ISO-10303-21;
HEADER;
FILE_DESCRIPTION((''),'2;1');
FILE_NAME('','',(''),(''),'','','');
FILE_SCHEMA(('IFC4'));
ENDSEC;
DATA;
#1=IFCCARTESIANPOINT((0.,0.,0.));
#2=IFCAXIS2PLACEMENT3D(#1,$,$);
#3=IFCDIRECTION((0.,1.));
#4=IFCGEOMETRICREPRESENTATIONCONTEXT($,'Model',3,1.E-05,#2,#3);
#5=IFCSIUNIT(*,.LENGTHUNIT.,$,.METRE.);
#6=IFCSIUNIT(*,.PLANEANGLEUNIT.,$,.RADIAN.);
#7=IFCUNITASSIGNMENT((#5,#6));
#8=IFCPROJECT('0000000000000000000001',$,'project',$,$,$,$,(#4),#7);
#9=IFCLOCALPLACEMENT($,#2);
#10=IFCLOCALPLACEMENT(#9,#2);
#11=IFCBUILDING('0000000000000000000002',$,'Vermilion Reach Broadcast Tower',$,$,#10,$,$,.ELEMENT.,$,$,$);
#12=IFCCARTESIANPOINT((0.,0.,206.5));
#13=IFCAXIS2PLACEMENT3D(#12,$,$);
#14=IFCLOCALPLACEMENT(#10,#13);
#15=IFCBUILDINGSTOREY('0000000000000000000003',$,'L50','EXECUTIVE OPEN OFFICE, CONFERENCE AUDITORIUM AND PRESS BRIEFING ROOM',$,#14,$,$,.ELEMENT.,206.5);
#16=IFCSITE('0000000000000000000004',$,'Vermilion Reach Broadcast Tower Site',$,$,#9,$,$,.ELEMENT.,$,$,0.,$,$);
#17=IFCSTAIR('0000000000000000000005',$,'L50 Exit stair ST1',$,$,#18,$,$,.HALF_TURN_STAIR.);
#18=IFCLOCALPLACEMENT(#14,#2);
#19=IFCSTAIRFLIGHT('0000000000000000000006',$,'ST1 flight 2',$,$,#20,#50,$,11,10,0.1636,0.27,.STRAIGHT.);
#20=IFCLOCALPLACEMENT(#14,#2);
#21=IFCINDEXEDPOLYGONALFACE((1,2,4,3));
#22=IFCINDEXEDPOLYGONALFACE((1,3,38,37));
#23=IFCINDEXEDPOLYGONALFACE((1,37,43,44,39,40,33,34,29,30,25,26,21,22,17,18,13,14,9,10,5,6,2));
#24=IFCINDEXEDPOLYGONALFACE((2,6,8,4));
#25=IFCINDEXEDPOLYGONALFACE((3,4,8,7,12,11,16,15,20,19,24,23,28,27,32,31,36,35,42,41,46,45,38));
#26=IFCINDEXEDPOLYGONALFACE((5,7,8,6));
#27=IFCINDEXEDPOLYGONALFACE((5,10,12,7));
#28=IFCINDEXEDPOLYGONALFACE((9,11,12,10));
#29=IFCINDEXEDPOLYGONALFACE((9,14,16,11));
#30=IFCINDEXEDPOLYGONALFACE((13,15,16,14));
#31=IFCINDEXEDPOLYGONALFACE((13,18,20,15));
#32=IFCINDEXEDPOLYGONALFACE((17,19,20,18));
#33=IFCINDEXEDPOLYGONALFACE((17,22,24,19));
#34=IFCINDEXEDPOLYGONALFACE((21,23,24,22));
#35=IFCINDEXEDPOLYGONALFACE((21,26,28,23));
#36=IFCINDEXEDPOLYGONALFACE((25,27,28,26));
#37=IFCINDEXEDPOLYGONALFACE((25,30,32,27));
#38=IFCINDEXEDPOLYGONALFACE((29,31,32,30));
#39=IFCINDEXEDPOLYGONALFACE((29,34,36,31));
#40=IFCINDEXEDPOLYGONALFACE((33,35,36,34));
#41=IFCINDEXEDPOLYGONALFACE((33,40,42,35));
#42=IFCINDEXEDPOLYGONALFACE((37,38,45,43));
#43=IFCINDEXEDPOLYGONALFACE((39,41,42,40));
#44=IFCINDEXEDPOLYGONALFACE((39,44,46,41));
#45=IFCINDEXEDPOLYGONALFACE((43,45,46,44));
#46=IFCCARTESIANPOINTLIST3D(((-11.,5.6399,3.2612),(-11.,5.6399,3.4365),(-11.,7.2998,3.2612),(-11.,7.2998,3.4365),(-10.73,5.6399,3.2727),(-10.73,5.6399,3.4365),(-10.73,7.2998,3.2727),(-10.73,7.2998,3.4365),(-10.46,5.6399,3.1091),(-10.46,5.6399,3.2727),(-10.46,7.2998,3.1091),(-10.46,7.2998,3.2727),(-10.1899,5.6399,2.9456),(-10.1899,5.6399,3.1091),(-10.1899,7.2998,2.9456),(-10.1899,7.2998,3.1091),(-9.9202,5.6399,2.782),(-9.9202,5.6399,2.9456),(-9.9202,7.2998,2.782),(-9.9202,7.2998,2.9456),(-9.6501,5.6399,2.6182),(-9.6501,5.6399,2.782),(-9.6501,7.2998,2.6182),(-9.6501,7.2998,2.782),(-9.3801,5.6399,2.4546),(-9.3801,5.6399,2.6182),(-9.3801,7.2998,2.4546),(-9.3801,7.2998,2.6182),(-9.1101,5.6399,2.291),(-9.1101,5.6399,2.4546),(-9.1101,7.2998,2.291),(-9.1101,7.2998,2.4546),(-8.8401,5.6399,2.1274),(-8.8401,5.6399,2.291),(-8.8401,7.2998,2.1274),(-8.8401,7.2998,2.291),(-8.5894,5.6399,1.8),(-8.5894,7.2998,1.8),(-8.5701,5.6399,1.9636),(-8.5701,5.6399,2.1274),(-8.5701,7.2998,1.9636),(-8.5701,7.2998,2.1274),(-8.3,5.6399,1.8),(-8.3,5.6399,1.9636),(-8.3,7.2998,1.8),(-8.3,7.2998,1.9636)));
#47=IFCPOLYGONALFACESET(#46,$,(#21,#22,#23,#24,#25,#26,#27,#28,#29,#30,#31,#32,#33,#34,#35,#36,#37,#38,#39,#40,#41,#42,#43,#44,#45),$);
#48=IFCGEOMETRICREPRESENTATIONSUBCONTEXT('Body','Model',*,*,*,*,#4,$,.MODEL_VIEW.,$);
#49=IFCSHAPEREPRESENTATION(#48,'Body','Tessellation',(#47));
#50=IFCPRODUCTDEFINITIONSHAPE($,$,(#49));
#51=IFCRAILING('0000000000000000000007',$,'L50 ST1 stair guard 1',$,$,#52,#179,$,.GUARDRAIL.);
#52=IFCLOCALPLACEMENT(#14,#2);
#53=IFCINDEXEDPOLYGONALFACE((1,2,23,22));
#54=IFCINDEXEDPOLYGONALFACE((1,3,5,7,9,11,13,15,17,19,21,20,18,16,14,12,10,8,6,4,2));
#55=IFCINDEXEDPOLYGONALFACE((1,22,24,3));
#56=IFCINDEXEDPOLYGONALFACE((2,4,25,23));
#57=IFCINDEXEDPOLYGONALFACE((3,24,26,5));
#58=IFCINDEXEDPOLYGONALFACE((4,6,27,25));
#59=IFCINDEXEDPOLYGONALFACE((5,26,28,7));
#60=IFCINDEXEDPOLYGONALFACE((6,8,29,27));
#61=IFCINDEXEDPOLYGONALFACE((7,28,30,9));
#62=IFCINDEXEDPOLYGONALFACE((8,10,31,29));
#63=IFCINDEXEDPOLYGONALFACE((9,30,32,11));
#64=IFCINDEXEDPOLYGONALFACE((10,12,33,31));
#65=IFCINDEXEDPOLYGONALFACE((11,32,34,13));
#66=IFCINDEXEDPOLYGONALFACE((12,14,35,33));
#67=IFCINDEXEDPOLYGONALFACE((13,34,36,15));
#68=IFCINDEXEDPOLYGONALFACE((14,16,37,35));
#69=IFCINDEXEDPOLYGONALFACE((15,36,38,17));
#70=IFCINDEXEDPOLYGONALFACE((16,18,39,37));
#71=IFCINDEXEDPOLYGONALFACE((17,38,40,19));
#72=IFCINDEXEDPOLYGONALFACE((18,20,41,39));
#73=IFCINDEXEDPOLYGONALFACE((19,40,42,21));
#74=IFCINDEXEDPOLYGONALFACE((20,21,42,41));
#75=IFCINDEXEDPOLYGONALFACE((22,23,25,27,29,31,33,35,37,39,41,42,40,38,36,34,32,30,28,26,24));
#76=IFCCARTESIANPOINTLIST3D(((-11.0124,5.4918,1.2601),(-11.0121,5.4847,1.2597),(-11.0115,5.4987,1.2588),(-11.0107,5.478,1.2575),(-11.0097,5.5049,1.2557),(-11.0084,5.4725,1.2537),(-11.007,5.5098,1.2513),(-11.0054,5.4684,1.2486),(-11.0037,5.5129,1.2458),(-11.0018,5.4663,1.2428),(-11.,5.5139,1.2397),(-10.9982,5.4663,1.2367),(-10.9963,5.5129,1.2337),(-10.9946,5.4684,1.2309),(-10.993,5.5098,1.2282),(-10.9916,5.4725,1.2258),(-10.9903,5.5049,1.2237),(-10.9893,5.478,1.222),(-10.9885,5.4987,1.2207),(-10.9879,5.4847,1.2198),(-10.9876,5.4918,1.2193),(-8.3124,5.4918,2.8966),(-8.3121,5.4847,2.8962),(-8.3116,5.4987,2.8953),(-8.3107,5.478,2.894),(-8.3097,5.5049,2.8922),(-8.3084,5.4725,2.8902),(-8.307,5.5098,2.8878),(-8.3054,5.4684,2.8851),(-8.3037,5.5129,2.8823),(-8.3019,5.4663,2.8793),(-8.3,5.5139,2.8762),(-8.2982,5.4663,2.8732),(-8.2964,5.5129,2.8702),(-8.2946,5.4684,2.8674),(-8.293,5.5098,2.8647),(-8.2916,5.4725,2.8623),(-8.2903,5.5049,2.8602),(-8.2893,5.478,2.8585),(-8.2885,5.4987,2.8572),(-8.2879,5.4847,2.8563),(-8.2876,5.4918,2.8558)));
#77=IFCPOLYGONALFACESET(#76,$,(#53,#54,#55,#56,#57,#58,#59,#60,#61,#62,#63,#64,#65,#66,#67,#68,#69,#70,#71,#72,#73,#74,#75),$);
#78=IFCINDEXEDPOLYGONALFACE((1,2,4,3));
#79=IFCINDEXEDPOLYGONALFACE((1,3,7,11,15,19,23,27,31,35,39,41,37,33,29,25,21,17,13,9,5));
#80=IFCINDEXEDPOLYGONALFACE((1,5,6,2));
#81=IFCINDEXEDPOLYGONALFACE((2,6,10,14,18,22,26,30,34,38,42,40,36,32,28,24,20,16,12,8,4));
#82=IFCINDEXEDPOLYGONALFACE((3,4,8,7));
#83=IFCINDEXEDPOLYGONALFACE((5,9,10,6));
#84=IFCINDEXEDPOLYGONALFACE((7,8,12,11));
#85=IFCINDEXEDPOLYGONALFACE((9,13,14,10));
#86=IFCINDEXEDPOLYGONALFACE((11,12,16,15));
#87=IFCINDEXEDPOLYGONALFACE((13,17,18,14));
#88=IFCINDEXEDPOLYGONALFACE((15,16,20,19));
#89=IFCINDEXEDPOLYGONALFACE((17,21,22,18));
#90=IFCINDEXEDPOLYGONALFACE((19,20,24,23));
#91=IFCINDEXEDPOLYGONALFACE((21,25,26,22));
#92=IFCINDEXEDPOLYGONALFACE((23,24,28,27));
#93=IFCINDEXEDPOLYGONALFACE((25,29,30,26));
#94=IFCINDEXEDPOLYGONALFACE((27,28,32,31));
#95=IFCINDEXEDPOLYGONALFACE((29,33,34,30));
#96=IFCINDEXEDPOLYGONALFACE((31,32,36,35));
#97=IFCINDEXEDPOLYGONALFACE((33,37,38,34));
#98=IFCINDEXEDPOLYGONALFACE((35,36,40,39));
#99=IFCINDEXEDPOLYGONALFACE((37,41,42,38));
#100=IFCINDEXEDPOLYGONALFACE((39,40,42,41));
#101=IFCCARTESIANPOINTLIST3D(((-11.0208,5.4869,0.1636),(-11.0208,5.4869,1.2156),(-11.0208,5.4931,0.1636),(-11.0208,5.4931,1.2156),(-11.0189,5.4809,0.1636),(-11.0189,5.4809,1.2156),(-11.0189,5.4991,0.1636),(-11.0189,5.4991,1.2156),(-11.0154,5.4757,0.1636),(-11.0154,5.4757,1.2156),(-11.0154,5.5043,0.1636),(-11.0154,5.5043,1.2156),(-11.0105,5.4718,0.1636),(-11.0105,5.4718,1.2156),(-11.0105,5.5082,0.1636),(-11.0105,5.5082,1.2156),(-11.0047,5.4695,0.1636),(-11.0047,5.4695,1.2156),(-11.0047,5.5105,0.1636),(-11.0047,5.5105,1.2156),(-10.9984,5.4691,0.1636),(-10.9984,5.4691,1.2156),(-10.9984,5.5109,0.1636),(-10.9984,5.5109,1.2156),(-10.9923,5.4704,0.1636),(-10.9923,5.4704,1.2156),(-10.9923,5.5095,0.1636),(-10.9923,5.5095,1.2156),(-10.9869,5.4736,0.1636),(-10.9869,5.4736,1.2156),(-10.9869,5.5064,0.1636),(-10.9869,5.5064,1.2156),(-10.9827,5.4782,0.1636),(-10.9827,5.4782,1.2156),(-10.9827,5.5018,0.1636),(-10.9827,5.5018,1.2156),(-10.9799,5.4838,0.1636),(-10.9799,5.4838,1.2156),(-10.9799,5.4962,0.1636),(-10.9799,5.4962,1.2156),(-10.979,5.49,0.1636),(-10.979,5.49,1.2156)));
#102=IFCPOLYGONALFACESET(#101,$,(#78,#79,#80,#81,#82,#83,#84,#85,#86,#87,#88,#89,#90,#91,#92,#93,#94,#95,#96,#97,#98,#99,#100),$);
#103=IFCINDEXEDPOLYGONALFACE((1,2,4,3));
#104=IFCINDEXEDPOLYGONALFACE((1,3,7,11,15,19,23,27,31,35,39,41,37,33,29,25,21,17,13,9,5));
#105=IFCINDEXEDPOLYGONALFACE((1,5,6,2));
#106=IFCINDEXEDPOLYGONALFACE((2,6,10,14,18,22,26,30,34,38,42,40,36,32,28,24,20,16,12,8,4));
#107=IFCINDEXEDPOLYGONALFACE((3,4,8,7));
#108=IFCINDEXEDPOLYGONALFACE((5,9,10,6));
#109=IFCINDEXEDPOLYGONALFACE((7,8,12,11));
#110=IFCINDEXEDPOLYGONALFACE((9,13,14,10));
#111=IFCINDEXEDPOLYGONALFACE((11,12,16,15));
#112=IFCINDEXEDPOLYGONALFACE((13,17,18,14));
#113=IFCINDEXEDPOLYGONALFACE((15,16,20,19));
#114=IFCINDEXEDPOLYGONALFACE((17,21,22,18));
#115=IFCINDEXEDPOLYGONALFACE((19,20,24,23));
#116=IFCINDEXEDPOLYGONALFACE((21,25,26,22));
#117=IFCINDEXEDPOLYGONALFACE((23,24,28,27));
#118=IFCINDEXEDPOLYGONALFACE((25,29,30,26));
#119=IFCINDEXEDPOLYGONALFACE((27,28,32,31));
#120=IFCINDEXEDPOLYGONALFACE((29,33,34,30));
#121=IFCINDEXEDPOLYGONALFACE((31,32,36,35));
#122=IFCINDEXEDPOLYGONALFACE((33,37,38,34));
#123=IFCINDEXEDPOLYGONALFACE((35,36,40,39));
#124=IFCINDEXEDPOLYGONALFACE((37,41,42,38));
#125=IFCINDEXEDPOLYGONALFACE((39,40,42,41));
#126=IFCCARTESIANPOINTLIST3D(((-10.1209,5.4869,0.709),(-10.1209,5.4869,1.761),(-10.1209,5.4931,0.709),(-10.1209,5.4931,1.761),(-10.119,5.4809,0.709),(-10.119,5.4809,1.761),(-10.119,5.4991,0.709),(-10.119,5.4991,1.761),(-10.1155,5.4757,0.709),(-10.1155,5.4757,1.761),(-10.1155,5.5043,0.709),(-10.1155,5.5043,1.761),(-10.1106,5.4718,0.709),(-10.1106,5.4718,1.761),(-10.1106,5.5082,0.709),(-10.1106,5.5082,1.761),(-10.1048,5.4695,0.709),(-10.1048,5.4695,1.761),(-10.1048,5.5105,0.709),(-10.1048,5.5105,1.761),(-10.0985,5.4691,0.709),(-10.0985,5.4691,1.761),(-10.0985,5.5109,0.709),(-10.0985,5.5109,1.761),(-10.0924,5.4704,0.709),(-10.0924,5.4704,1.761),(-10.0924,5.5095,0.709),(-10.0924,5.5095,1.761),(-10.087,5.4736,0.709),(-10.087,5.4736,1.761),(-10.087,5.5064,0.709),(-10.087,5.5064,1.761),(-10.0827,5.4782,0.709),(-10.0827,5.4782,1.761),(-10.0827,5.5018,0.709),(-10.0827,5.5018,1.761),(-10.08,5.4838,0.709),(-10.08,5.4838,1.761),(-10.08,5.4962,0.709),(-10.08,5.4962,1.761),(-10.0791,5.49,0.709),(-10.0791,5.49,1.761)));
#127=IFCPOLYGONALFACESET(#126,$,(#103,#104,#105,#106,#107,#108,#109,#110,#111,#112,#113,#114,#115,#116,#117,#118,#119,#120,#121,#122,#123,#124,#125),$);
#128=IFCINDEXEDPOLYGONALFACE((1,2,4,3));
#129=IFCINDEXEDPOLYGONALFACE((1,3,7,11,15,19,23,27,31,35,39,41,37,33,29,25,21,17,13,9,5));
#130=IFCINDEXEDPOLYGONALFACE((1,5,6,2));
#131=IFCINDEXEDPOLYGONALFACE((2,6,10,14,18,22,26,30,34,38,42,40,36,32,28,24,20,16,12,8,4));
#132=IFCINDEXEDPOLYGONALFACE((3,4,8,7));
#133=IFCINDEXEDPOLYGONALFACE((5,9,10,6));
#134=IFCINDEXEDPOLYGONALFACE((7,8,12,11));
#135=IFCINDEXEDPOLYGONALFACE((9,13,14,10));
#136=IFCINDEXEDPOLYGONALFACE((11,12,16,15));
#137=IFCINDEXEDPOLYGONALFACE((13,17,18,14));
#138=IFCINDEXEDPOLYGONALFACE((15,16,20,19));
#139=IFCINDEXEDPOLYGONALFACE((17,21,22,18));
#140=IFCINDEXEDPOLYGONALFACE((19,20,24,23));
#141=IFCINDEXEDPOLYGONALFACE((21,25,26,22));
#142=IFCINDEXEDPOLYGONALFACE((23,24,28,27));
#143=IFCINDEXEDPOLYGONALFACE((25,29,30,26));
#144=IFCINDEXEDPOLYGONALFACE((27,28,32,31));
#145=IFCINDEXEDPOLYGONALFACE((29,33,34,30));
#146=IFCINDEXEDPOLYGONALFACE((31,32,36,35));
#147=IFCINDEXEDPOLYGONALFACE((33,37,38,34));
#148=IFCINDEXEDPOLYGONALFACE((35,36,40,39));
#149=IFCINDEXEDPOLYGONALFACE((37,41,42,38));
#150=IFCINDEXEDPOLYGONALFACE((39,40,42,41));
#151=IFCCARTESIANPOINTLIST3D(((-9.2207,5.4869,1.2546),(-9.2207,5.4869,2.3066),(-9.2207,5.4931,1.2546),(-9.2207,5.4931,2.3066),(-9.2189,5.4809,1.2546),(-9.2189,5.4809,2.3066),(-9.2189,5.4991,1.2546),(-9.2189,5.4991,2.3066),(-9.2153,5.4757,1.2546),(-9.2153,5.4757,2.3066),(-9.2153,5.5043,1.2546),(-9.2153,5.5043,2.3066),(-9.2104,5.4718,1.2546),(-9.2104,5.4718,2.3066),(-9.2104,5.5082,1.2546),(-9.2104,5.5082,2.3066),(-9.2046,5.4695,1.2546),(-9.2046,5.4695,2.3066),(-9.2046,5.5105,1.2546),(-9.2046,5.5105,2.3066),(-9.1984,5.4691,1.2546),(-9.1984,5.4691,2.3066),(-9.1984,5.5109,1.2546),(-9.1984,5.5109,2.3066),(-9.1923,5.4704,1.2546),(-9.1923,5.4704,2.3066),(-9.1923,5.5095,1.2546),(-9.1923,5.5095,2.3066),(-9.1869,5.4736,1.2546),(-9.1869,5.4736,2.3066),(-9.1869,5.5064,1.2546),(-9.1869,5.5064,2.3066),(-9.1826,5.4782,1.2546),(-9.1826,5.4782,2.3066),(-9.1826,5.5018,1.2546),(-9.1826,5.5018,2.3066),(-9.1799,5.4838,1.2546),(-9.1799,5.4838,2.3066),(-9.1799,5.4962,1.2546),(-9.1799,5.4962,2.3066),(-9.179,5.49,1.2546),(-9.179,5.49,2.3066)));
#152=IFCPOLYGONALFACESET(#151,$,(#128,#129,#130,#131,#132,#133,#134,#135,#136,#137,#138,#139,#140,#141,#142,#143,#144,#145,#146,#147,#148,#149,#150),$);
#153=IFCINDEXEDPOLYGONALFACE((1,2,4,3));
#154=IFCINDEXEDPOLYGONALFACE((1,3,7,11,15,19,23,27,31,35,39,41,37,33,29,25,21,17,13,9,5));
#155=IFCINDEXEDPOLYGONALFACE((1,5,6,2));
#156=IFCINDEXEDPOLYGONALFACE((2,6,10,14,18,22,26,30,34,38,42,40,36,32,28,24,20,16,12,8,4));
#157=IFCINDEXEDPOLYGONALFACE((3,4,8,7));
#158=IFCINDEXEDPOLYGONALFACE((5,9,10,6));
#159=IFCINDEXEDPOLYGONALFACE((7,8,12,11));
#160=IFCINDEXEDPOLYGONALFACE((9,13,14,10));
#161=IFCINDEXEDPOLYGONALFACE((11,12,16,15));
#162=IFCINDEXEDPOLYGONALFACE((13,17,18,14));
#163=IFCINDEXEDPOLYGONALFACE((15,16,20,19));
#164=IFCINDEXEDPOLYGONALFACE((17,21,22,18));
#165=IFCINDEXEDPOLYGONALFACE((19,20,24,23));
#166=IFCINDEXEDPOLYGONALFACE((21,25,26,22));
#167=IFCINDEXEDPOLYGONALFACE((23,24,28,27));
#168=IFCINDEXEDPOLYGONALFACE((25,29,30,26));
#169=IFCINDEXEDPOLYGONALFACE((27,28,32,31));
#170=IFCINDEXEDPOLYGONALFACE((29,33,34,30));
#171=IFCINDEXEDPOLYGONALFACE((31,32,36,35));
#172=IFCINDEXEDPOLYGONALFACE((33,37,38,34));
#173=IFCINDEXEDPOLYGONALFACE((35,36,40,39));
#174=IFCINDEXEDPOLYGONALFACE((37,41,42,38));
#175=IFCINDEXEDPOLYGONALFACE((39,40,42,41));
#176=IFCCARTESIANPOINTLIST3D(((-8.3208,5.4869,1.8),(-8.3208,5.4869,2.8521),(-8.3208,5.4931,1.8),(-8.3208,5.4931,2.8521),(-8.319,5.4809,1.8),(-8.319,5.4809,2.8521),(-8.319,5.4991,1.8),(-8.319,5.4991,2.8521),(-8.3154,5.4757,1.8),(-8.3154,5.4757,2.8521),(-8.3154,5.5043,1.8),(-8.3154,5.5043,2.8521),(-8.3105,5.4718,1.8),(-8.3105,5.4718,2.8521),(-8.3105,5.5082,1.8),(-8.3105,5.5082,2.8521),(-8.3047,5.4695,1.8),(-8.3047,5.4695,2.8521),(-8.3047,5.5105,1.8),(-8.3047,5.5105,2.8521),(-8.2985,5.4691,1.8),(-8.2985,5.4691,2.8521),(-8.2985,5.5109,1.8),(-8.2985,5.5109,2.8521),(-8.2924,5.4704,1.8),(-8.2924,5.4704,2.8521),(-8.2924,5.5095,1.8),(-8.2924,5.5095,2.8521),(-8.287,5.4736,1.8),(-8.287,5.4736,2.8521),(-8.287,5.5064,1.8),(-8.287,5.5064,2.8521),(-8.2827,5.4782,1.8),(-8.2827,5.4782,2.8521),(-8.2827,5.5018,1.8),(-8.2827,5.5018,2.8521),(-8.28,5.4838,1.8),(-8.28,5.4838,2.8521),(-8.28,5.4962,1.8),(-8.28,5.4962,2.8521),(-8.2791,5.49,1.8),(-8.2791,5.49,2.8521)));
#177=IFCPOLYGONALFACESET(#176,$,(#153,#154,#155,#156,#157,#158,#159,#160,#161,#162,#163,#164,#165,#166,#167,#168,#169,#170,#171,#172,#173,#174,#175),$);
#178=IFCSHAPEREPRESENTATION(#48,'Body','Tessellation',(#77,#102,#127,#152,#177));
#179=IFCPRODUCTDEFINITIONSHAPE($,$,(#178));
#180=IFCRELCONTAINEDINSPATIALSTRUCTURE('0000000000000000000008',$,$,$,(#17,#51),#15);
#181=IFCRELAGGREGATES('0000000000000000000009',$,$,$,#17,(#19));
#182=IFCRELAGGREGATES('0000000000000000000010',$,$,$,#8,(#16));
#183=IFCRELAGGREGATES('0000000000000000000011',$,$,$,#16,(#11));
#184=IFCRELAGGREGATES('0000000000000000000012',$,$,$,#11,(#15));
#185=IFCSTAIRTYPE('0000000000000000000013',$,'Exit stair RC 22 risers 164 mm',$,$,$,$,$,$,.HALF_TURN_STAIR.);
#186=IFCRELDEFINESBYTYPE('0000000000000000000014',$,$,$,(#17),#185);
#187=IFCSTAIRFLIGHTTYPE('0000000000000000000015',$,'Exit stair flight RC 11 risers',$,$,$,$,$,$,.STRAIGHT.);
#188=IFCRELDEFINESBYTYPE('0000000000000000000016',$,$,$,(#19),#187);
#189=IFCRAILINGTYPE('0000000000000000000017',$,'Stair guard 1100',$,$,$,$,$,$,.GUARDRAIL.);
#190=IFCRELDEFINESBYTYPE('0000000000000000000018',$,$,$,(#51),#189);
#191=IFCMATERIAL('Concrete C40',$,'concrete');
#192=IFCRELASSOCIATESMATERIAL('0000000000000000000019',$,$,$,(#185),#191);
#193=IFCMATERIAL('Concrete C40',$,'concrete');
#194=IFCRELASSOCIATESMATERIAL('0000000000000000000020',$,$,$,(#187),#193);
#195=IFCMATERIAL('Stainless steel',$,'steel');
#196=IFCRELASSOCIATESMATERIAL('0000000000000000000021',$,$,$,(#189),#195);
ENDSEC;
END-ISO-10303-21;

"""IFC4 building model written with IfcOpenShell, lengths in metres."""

from ifc_helpers import new_model, si_unit, direction, frame, origin, origin_2d, place, context, subcontext, project, spatial, polyline, circle, outline, extrude, material, type_object, element, aggregate, save


model = new_model("IFC4")

# Units and contexts
model_context = context("Model", 3, precision=1e-05, world=origin(), true_north=direction((0.0, 1.0)))
body_context = subcontext(model_context, "Body", "Model", "MODEL_VIEW")
ifc_project = project(units=[si_unit("LENGTHUNIT", "METRE"), si_unit("PLANEANGLEUNIT", "RADIAN")], contexts=[model_context])

# Site, building, storey
site_placement = place(None, origin())
site = spatial("IfcSite", under=ifc_project, at=site_placement, Name="Vermilion Reach Broadcast Tower Site", CompositionType="ELEMENT", RefElevation=0.0)
building_placement = place(site_placement, origin())
building = spatial("IfcBuilding", under=site, at=building_placement, Name="Vermilion Reach Broadcast Tower", CompositionType="ELEMENT")
storey_placement = place(building_placement, frame((0.0, 0.0, 206.5)))
storey = spatial("IfcBuildingStorey", under=building, at=storey_placement, Name="L50", Description="EXECUTIVE OPEN OFFICE, CONFERENCE AUDITORIUM AND PRESS BRIEFING ROOM", CompositionType="ELEMENT", Elevation=206.5)

# Stair, stair flight
ifc_material_1 = material(Name="Concrete C40", Category="concrete")
stair_type = type_object("IfcStairType", Name="Exit stair RC 22 risers 164 mm", PredefinedType="HALF_TURN_STAIR", material=ifc_material_1)
stair_placement = place(storey_placement, origin())
stair = element("IfcStair", 1, at=stair_placement, inside=storey, type_object=stair_type, Name="L50 Exit stair ST1", PredefinedType="HALF_TURN_STAIR")
ifc_material_2 = material(Name="Concrete C40", Category="concrete")
stair_flight_type = type_object("IfcStairFlightType", Name="Exit stair flight RC 11 risers", PredefinedType="STRAIGHT", material=ifc_material_2)
stair_flight_1_placement = place(storey_placement, frame((-8.3, 6.47, 1.8), z_axis=(0.0, 0.0, 1.0), x_axis=(-1.0, 0.0, 0.0)))
stair_flight_1 = element("IfcStairFlight", 2, at=stair_flight_1_placement, type_object=stair_flight_type, Name="ST1 flight 2", NumberOfRisers=11, NumberOfTreads=10, PredefinedType="STRAIGHT", RiserHeight=0.1636, TreadLength=0.27, context=body_context, shape_type="SweptSolid", body=[
    extrude(outline(polyline([(0.0, 0.0), (0.0, 0.1636), (0.27, 0.1636), (0.27, 0.3274), (0.54, 0.3274), (0.54, 0.491), (0.8101, 0.491), (0.8101, 0.6545), (1.0801, 0.6545), (1.0801, 0.8181), (1.3501, 0.8181), (1.3501, 0.9819), (1.6201, 0.9819), (1.6201, 1.1455), (1.8899, 1.1455), (1.8899, 1.3091), (2.1599, 1.3091), (2.1599, 1.4727), (2.4299, 1.4727), (2.4299, 1.6365), (2.7, 1.6365), (2.7, 1.8), (2.7, 1.4612), (0.2893, 0.0), (0.0, 0.0)])), frame((0.0, 0.8301, 0.0), z_axis=(0.0, -1.0, 0.0), x_axis=(1.0, 0.0, 0.0)), (0.0, 0.0, 1.0), 1.6599),
])
aggregate(stair, [stair_flight_1])

# Railing
ifc_material_3 = material(Name="Stainless steel", Category="steel")
railing_type_1 = type_object("IfcRailingType", Name="Stair guard 1100", PredefinedType="GUARDRAIL", material=ifc_material_3)
railing_1_placement = place(storey_placement, frame((-11.0, 5.49, 0.1636)))
element("IfcRailing", 3, at=railing_1_placement, inside=storey, type_object=railing_type_1, Name="L50 ST1 stair guard 1", PredefinedType="GUARDRAIL", context=body_context, shape_type="SweptSolid", body=[
    extrude(circle(Radius=0.0239, at=origin_2d()), frame((0.0, 0.0, 1.0762), z_axis=(0.855178, 0.0, 0.518334), x_axis=(0.0, 1.0, 0.0)), (0.0, 0.0, 1.0), 3.1572),
    extrude(circle(Radius=0.021, at=origin_2d()), origin(), (0.0, 0.0, 1.0), 1.052),
    extrude(circle(Radius=0.021, at=origin_2d()), frame((0.8999, 0.0, 0.5454)), (0.0, 0.0, 1.0), 1.052),
    extrude(circle(Radius=0.021, at=origin_2d()), frame((1.8, 0.0, 1.0911)), (0.0, 0.0, 1.0), 1.052),
    extrude(circle(Radius=0.021, at=origin_2d()), frame((2.7, 0.0, 1.6365)), (0.0, 0.0, 1.0), 1.052),
])

save(model, "model.ifc")
